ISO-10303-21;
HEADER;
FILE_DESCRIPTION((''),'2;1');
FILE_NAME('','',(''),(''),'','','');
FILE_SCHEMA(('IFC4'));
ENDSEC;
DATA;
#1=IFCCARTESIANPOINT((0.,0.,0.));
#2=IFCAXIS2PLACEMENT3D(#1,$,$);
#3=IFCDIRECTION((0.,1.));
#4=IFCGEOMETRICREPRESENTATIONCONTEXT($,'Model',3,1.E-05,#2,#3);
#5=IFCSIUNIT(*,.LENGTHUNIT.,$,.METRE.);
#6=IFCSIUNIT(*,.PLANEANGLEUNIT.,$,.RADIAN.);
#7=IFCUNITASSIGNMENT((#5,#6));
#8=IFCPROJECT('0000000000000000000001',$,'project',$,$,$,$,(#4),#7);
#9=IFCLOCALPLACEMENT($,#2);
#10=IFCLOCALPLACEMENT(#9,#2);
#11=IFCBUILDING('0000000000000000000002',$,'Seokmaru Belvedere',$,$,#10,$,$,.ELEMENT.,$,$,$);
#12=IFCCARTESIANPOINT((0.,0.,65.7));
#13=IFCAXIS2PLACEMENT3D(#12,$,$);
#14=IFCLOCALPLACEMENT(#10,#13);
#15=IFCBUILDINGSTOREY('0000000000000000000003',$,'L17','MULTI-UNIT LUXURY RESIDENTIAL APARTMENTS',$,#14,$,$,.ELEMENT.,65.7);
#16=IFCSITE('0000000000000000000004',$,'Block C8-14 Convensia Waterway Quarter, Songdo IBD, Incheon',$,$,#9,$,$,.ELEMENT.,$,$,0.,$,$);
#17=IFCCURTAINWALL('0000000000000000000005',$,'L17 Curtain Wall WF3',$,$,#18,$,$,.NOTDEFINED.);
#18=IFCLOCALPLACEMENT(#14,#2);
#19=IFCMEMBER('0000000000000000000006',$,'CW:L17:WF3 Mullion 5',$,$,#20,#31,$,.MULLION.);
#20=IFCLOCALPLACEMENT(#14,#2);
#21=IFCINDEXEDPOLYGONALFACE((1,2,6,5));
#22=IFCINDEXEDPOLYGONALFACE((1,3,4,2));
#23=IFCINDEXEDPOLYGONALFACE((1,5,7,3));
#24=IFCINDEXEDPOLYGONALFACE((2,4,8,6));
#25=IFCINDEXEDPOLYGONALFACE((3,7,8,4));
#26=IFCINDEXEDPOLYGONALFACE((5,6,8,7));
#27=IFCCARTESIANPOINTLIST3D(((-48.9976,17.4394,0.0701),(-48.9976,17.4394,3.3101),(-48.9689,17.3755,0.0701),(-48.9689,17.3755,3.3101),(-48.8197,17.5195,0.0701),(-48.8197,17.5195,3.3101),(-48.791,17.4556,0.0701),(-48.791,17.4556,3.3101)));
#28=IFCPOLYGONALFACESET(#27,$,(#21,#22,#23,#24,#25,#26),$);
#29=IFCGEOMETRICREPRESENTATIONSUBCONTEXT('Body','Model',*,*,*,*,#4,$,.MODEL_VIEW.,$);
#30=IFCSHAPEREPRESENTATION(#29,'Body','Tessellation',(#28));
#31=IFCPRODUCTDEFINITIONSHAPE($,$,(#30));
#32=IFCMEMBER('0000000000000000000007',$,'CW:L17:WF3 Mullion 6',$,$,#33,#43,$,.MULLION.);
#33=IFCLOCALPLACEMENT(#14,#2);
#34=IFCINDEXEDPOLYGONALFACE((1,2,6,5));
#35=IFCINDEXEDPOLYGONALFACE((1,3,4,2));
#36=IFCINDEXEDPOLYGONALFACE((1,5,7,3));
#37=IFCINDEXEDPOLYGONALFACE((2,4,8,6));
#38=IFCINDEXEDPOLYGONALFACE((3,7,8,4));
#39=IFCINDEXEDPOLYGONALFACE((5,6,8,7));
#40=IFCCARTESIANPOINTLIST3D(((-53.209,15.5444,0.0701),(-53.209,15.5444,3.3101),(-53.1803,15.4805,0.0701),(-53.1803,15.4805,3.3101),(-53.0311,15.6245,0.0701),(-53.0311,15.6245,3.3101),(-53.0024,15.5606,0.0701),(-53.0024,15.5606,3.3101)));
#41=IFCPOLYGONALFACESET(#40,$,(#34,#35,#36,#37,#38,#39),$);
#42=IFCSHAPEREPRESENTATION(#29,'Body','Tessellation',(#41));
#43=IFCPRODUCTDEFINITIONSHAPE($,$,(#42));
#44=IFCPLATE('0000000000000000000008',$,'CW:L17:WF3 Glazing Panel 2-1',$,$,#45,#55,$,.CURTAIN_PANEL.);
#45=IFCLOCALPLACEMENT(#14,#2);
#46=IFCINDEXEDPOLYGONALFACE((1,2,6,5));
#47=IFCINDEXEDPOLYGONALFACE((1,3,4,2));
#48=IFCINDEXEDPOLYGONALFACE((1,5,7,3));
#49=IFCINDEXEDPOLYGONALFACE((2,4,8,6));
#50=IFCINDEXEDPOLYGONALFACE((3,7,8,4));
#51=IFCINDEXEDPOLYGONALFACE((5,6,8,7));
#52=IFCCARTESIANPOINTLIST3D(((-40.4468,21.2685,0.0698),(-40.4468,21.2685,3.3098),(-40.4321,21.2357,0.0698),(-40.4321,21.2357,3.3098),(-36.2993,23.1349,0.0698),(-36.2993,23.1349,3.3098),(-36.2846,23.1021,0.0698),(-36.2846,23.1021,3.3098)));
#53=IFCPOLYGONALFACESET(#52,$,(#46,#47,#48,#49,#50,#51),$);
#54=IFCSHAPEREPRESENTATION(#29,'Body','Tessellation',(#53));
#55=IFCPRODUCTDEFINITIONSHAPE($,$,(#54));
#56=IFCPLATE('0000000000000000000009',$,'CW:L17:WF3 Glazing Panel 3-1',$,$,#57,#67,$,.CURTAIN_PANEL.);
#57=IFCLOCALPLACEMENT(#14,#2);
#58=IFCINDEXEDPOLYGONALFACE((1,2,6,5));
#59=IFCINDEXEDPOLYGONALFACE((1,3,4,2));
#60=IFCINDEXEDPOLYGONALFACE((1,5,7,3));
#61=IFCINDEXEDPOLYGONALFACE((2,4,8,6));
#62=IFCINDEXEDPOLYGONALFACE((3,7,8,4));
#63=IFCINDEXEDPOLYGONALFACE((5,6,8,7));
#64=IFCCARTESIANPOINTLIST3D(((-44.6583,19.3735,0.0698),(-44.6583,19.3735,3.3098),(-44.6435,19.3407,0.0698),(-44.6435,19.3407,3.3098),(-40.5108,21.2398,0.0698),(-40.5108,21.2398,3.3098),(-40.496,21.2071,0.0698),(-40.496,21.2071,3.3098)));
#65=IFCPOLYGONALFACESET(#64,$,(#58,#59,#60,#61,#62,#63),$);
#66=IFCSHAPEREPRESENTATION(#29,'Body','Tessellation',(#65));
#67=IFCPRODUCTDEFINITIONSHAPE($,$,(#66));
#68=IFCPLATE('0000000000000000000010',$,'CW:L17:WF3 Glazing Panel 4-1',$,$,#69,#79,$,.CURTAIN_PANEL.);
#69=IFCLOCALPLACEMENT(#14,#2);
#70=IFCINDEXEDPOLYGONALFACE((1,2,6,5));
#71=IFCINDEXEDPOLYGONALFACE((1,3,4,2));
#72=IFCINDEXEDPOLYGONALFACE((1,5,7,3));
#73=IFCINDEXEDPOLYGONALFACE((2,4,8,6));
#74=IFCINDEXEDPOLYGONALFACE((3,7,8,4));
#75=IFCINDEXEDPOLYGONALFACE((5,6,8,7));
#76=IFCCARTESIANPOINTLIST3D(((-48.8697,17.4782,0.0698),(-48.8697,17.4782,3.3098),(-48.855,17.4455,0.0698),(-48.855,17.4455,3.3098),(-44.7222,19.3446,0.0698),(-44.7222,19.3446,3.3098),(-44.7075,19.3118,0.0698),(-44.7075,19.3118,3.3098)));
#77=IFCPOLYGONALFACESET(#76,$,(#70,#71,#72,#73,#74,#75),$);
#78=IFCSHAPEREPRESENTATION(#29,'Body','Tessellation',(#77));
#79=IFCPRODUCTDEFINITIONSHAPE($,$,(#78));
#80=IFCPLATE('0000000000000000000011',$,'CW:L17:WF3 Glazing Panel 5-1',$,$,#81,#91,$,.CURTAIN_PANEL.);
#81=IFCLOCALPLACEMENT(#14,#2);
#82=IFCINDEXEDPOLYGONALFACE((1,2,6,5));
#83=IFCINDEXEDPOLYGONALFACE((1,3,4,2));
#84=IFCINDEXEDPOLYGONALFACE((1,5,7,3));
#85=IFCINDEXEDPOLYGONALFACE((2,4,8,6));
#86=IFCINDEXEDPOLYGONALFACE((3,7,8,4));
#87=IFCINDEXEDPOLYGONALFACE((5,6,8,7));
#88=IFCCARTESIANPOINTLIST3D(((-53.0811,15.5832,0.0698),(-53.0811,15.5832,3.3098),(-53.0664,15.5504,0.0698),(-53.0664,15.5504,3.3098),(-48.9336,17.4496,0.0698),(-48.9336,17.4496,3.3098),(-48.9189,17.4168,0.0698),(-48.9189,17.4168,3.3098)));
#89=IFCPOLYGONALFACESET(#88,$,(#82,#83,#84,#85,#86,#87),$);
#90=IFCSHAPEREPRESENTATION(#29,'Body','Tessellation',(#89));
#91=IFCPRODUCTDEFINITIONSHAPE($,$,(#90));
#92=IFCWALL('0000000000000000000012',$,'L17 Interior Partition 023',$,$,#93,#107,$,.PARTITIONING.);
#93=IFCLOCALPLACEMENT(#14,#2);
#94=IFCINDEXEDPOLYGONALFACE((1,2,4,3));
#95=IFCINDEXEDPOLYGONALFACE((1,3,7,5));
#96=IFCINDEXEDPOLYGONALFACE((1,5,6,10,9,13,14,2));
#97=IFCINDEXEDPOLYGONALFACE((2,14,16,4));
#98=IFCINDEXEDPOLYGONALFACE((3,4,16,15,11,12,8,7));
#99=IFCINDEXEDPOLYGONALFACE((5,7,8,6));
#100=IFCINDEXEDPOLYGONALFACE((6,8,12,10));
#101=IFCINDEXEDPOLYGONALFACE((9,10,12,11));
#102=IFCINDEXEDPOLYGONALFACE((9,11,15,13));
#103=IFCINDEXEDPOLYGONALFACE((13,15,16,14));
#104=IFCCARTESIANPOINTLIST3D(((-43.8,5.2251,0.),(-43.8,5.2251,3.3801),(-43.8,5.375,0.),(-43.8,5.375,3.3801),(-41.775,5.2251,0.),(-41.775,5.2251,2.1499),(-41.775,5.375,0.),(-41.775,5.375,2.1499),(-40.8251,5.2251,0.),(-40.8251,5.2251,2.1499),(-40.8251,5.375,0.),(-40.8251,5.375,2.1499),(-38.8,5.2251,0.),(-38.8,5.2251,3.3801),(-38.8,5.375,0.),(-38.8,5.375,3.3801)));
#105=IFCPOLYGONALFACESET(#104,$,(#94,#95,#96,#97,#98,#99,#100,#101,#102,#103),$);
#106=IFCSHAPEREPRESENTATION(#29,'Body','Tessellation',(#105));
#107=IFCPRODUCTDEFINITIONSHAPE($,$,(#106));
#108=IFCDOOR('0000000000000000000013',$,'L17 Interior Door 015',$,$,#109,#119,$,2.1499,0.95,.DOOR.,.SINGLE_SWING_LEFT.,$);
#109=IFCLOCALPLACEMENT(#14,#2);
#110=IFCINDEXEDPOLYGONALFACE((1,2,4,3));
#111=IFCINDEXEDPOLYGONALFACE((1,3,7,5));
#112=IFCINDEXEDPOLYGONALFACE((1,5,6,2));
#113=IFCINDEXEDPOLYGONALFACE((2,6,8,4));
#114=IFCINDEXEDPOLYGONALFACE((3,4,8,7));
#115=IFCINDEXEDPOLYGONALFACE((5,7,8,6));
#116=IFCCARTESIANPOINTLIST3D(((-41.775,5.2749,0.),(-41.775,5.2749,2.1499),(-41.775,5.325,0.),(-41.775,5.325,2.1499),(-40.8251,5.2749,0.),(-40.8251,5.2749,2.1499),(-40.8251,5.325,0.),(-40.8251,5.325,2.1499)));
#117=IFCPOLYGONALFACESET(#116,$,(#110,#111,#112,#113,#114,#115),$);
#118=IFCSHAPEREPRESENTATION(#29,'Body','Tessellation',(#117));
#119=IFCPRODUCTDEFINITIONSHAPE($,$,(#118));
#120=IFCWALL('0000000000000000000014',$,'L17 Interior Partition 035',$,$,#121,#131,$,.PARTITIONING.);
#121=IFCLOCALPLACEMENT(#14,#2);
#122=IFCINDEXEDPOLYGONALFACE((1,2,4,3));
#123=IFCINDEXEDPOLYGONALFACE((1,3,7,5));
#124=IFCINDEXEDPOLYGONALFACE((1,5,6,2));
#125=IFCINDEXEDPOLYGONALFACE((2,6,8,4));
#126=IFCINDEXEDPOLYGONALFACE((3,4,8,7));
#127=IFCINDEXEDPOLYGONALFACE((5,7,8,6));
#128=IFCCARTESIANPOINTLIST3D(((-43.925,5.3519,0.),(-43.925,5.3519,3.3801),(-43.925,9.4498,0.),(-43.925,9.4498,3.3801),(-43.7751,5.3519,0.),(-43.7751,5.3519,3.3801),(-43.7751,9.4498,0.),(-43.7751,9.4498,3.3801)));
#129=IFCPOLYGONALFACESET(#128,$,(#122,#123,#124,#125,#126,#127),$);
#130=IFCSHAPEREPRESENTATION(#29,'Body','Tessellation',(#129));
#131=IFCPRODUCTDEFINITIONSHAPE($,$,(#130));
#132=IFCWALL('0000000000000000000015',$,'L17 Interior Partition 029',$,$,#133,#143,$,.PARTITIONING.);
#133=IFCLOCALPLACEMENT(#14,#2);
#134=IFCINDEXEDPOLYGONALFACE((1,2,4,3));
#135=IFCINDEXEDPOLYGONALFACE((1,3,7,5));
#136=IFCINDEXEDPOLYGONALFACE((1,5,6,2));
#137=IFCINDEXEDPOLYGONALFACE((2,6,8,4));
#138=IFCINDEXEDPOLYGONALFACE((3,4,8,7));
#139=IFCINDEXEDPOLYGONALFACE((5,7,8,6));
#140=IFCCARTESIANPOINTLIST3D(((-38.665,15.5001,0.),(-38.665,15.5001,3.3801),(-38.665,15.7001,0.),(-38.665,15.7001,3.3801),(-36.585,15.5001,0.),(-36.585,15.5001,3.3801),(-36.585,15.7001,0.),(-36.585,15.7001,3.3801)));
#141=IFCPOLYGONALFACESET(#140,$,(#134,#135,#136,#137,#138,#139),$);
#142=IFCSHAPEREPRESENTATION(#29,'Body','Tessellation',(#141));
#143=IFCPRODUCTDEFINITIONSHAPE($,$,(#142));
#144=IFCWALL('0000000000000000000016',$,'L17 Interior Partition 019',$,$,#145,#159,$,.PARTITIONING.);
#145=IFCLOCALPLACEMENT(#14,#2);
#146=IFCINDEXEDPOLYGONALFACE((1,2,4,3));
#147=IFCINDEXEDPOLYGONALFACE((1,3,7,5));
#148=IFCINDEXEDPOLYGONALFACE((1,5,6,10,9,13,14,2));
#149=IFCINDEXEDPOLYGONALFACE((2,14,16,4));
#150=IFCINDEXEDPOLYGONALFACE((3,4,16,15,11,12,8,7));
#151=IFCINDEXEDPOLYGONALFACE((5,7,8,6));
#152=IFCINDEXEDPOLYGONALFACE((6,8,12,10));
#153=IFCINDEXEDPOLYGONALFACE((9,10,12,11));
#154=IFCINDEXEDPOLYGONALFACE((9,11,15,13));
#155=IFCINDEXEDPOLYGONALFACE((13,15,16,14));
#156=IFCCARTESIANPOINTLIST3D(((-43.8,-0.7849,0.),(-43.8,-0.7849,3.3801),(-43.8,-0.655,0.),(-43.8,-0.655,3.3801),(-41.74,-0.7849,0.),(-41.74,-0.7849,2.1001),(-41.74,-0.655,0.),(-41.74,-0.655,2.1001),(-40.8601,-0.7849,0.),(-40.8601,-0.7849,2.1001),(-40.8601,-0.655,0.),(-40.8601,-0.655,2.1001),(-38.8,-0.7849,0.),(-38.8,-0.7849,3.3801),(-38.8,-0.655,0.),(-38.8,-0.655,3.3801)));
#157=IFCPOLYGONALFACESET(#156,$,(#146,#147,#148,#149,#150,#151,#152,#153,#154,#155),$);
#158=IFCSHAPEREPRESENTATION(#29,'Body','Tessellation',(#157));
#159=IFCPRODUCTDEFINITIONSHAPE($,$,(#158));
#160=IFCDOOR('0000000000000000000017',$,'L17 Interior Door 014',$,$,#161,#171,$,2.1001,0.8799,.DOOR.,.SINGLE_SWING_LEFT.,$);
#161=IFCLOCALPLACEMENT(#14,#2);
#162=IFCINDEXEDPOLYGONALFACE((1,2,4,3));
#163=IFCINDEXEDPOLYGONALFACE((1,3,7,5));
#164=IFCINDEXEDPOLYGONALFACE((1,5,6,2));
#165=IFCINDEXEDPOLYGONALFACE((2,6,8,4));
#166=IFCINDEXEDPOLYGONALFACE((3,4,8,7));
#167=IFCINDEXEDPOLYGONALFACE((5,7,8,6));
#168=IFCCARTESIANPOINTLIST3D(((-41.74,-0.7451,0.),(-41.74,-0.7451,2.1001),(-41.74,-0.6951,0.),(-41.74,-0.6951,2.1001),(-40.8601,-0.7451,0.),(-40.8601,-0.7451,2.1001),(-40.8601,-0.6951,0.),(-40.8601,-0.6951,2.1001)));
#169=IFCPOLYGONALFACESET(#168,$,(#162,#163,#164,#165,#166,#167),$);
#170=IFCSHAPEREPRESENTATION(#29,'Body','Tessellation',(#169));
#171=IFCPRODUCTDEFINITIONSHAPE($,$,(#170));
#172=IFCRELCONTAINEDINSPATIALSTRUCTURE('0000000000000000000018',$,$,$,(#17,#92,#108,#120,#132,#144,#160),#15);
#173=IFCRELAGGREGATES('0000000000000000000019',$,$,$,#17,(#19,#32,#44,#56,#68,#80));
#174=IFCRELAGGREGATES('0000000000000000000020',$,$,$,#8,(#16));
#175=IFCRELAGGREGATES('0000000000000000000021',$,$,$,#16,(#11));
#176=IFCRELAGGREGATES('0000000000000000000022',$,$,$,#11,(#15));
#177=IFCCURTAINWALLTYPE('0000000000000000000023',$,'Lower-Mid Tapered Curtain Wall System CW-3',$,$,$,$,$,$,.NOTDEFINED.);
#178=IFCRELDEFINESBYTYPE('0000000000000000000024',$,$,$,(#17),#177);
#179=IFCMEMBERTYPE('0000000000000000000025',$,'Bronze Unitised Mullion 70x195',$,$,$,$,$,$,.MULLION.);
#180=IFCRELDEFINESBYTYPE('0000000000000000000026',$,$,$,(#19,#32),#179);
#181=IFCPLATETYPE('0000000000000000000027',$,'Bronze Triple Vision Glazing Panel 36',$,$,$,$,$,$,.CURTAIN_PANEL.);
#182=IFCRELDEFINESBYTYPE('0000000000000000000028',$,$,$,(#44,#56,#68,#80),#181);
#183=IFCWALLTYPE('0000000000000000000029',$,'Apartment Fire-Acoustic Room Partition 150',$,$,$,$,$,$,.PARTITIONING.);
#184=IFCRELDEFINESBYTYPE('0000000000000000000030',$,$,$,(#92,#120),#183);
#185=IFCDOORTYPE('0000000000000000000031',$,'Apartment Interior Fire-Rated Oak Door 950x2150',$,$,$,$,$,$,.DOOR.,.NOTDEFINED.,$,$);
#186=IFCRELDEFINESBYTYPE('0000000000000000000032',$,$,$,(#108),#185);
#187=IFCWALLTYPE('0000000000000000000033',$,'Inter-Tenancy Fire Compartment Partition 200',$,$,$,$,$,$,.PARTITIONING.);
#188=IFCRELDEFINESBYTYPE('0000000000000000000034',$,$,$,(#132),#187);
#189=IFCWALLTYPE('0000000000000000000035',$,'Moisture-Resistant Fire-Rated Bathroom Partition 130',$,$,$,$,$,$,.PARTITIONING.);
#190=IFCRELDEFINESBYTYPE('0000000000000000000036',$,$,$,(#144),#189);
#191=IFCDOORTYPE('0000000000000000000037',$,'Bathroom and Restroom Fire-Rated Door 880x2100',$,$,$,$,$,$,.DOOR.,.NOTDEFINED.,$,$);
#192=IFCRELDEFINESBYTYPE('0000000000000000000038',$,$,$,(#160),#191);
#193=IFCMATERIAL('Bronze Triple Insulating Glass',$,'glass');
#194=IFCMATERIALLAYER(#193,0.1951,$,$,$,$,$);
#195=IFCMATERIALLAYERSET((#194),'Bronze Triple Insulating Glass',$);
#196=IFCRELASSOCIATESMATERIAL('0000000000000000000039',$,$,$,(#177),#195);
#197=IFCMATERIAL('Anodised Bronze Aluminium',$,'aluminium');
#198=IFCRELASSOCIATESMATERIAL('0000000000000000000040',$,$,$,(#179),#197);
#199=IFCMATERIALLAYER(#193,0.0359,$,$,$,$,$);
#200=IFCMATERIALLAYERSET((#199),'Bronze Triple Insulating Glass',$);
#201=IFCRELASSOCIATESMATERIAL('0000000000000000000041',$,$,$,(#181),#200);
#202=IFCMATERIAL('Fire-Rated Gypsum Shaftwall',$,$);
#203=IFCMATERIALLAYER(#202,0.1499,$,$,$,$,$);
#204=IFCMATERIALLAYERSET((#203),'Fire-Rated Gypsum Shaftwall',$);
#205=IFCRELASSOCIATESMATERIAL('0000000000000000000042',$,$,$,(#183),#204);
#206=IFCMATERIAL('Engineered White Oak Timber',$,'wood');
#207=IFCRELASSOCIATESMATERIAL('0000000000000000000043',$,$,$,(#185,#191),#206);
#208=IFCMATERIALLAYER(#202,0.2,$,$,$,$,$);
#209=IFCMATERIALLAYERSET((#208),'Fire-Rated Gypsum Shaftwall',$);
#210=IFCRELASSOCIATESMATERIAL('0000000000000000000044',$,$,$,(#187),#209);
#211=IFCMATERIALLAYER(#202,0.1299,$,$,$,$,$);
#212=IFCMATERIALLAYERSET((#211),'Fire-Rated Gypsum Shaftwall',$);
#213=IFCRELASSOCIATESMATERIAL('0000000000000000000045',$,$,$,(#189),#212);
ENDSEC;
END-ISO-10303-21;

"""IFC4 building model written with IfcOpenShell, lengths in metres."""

from ifc_helpers import new_model, si_unit, direction, frame, frame_2d, origin, origin_2d, place, context, subcontext, project, spatial, rectangle, extrude, source, transform, mapped, material, layer, layer_set, material_profile, profile_set, type_object, type_shapes, element, fill, aggregate, save


model = new_model("IFC4")

# Units and contexts
model_context = context("Model", 3, precision=1e-05, world=origin(), true_north=direction((0.0, 1.0)))
body_context = subcontext(model_context, "Body", "Model", "MODEL_VIEW")
ifc_project = project(units=[si_unit("LENGTHUNIT", "METRE"), si_unit("PLANEANGLEUNIT", "RADIAN")], contexts=[model_context])

# Site, building, storey
site_placement = place(None, origin())
site = spatial("IfcSite", under=ifc_project, at=site_placement, Name="Block C8-14 Convensia Waterway Quarter, Songdo IBD, Incheon", CompositionType="ELEMENT", RefElevation=0.0)
building_placement = place(site_placement, origin())
building = spatial("IfcBuilding", under=site, at=building_placement, Name="Seokmaru Belvedere", CompositionType="ELEMENT")
storey_placement = place(building_placement, frame((0.0, 0.0, 65.7)))
storey = spatial("IfcBuildingStorey", under=building, at=storey_placement, Name="L17", Description="MULTI-UNIT LUXURY RESIDENTIAL APARTMENTS", CompositionType="ELEMENT", Elevation=65.7)

# Curtain wall, members, plates
ifc_material_1 = material(Name="Bronze Triple Insulating Glass", Category="glass")
ifc_layer_1 = layer(ifc_material_1, 0.1951)
ifc_layer_set_1 = layer_set([ifc_layer_1], Name="Bronze Triple Insulating Glass")
curtain_wall_type = type_object("IfcCurtainWallType", Name="Lower-Mid Tapered Curtain Wall System CW-3", PredefinedType="NOTDEFINED", material=ifc_layer_set_1)
curtain_wall_placement = place(storey_placement, origin())
curtain_wall = element("IfcCurtainWall", 1, at=curtain_wall_placement, inside=storey, type_object=curtain_wall_type, Name="L17 Curtain Wall WF3", PredefinedType="NOTDEFINED")
ifc_material_2 = material(Name="Anodised Bronze Aluminium", Category="aluminium")
ifc_material_profile_1 = material_profile(ifc_material_2, rectangle(XDim=0.0701, YDim=0.1951, at=origin_2d()), Name="CW-M-70x195")
ifc_profile_set_1 = profile_set([ifc_material_profile_1], Name="Anodised Bronze Aluminium")
member_type = type_object("IfcMemberType", Name="Bronze Unitised Mullion 70x195", PredefinedType="MULLION", material=ifc_profile_set_1)
shared_shape_1 = source(origin(), body_context, "Body", "SweptSolid", [
    extrude(rectangle(XDim=0.0701, YDim=0.1951, at=origin_2d()), origin(), (0.0, 0.0, 1.0), 3.24),
])
type_shapes(member_type, [shared_shape_1])
member_1_placement = place(storey_placement, frame((-48.8943, 17.4475, 0.0701), z_axis=(0.0, 0.0, 1.0), x_axis=(0.410366, -0.911921, 0.0)))
member_1 = element("IfcMember", 2, at=member_1_placement, type_object=member_type, Name="CW:L17:WF3 Mullion 5", PredefinedType="MULLION", context=body_context, shape_type="MappedRepresentation", body=[
    mapped(shared_shape_1, transform((0.0, 0.0, 0.0), scale=1.0)),
])
member_2_placement = place(storey_placement, frame((-53.1057, 15.5525, 0.0701), z_axis=(0.0, 0.0, 1.0), x_axis=(0.410366, -0.911921, 0.0)))
member_2 = element("IfcMember", 3, at=member_2_placement, type_object=member_type, Name="CW:L17:WF3 Mullion 6", PredefinedType="MULLION", context=body_context, shape_type="MappedRepresentation", body=[
    mapped(shared_shape_1, transform((0.0, 0.0, 0.0), scale=1.0)),
])
ifc_layer_2 = layer(ifc_material_1, 0.0359)
ifc_layer_set_2 = layer_set([ifc_layer_2], Name="Bronze Triple Insulating Glass")
plate_type = type_object("IfcPlateType", Name="Bronze Triple Vision Glazing Panel 36", PredefinedType="CURTAIN_PANEL", material=ifc_layer_set_2)
shared_shape_2 = source(origin(), body_context, "Body", "SweptSolid", [
    extrude(rectangle(XDim=4.5481, YDim=0.0359, at=origin_2d()), origin(), (0.0, 0.0, 1.0), 3.24),
])
type_shapes(plate_type, [shared_shape_2])
plate_1_placement = place(storey_placement, frame((-38.3657, 22.1853, 0.0698), z_axis=(0.0, 0.0, 1.0), x_axis=(-0.911921, -0.410366, 0.0)))
plate_1 = element("IfcPlate", 4, at=plate_1_placement, type_object=plate_type, Name="CW:L17:WF3 Glazing Panel 2-1", PredefinedType="CURTAIN_PANEL", context=body_context, shape_type="MappedRepresentation", body=[
    mapped(shared_shape_2, transform((0.0, 0.0, 0.0), scale=1.0)),
])
plate_2_placement = place(storey_placement, frame((-42.5771, 20.2903, 0.0698), z_axis=(0.0, 0.0, 1.0), x_axis=(-0.911921, -0.410366, 0.0)))
plate_2 = element("IfcPlate", 5, at=plate_2_placement, type_object=plate_type, Name="CW:L17:WF3 Glazing Panel 3-1", PredefinedType="CURTAIN_PANEL", context=body_context, shape_type="MappedRepresentation", body=[
    mapped(shared_shape_2, transform((0.0, 0.0, 0.0), scale=1.0)),
])
plate_3_placement = place(storey_placement, frame((-46.7886, 18.395, 0.0698), z_axis=(0.0, 0.0, 1.0), x_axis=(-0.911921, -0.410366, 0.0)))
plate_3 = element("IfcPlate", 6, at=plate_3_placement, type_object=plate_type, Name="CW:L17:WF3 Glazing Panel 4-1", PredefinedType="CURTAIN_PANEL", context=body_context, shape_type="MappedRepresentation", body=[
    mapped(shared_shape_2, transform((0.0, 0.0, 0.0), scale=1.0)),
])
plate_4_placement = place(storey_placement, frame((-51.0, 16.5, 0.0698), z_axis=(0.0, 0.0, 1.0), x_axis=(-0.911921, -0.410366, 0.0)))
plate_4 = element("IfcPlate", 7, at=plate_4_placement, type_object=plate_type, Name="CW:L17:WF3 Glazing Panel 5-1", PredefinedType="CURTAIN_PANEL", context=body_context, shape_type="MappedRepresentation", body=[
    mapped(shared_shape_2, transform((0.0, 0.0, 0.0), scale=1.0)),
])
aggregate(curtain_wall, [member_1, member_2, plate_1, plate_2, plate_3, plate_4])

# Wall, opening, door
ifc_material_3 = material(Name="Fire-Rated Gypsum Shaftwall")
ifc_layer_3 = layer(ifc_material_3, 0.1499)
ifc_layer_set_3 = layer_set([ifc_layer_3], Name="Fire-Rated Gypsum Shaftwall")
wall_type_1 = type_object("IfcWallType", Name="Apartment Fire-Acoustic Room Partition 150", PredefinedType="PARTITIONING", material=ifc_layer_set_3)
wall_1_placement = place(storey_placement, frame((-43.8, 5.3, 0.0), z_axis=(0.0, 0.0, 1.0), x_axis=(1.0, 0.0, 0.0)))
wall_1 = element("IfcWall", 8, at=wall_1_placement, inside=storey, type_object=wall_type_1, Name="L17 Interior Partition 023", PredefinedType="PARTITIONING", context=body_context, shape_type="SweptSolid", body=[
    extrude(rectangle(XDim=5.0, YDim=0.1499, at=frame_2d((2.5, 0.0))), origin(), (0.0, 0.0, 1.0), 3.3801),
])
opening_1_placement = place(wall_1_placement, frame((2.0249, 0.0, 0.0)))
opening_1 = element("IfcOpeningElement", 9, at=opening_1_placement, cuts=wall_1, PredefinedType="OPENING", context=body_context, shape_type="SweptSolid", body=[
    extrude(rectangle(XDim=0.95, YDim=2.1499, at=frame_2d((0.4751, 1.075))), frame((0.0, 0.085, 0.0), z_axis=(0.0, -1.0, 0.0), x_axis=(1.0, 0.0, 0.0)), (0.0, 0.0, 1.0), 0.1699),
])
ifc_material_4 = material(Name="Engineered White Oak Timber", Category="wood")
door_type_1 = type_object("IfcDoorType", Name="Apartment Interior Fire-Rated Oak Door 950x2150", OperationType="NOTDEFINED", PredefinedType="DOOR", material=ifc_material_4)
shared_shape_3 = source(origin(), body_context, "Body", "SweptSolid", [
    extrude(rectangle(XDim=0.95, YDim=2.1499, at=frame_2d((0.4751, 1.075))), frame((0.0, 0.0249, 0.0), z_axis=(0.0, -1.0, 0.0), x_axis=(1.0, 0.0, 0.0)), (0.0, 0.0, 1.0), 0.05),
])
type_shapes(door_type_1, [shared_shape_3])
door_1_placement = place(opening_1_placement, origin())
door_1 = element("IfcDoor", 10, at=door_1_placement, inside=storey, type_object=door_type_1, Name="L17 Interior Door 015", OperationType="SINGLE_SWING_LEFT", OverallHeight=2.1499, OverallWidth=0.95, PredefinedType="DOOR", context=body_context, shape_type="MappedRepresentation", body=[
    mapped(shared_shape_3, transform((0.0, 0.0, 0.0), scale=1.0)),
])
fill(opening_1, door_1)

# Walls
wall_2_placement = place(storey_placement, frame((-43.8501, 5.3521, 0.0), z_axis=(0.0, 0.0, 1.0), x_axis=(0.0, 1.0, 0.0)))
element("IfcWall", 11, at=wall_2_placement, inside=storey, type_object=wall_type_1, Name="L17 Interior Partition 035", PredefinedType="PARTITIONING", context=body_context, shape_type="SweptSolid", body=[
    extrude(rectangle(XDim=4.0979, YDim=0.1499, at=frame_2d((2.0488, 0.0))), origin(), (0.0, 0.0, 1.0), 3.3801),
])
ifc_layer_4 = layer(ifc_material_3, 0.2)
ifc_layer_set_4 = layer_set([ifc_layer_4], Name="Fire-Rated Gypsum Shaftwall")
wall_type_2 = type_object("IfcWallType", Name="Inter-Tenancy Fire Compartment Partition 200", PredefinedType="PARTITIONING", material=ifc_layer_set_4)
wall_3_placement = place(storey_placement, frame((-38.665, 15.6001, 0.0), z_axis=(0.0, 0.0, 1.0), x_axis=(1.0, 0.0, 0.0)))
element("IfcWall", 12, at=wall_3_placement, inside=storey, type_object=wall_type_2, Name="L17 Interior Partition 029", PredefinedType="PARTITIONING", context=body_context, shape_type="SweptSolid", body=[
    extrude(rectangle(XDim=2.0801, YDim=0.2, at=frame_2d((1.04, 0.0))), origin(), (0.0, 0.0, 1.0), 3.3801),
])

# Wall, opening, door
ifc_layer_5 = layer(ifc_material_3, 0.1299)
ifc_layer_set_5 = layer_set([ifc_layer_5], Name="Fire-Rated Gypsum Shaftwall")
wall_type_3 = type_object("IfcWallType", Name="Moisture-Resistant Fire-Rated Bathroom Partition 130", PredefinedType="PARTITIONING", material=ifc_layer_set_5)
wall_4_placement = place(storey_placement, frame((-43.8, -0.72, 0.0), z_axis=(0.0, 0.0, 1.0), x_axis=(1.0, 0.0, 0.0)))
wall_4 = element("IfcWall", 13, at=wall_4_placement, inside=storey, type_object=wall_type_3, Name="L17 Interior Partition 019", PredefinedType="PARTITIONING", context=body_context, shape_type="SweptSolid", body=[
    extrude(rectangle(XDim=5.0, YDim=0.1299, at=frame_2d((2.5, 0.0))), origin(), (0.0, 0.0, 1.0), 3.3801),
])
opening_2_placement = place(wall_4_placement, frame((2.0601, 0.0, 0.0)))
opening_2 = element("IfcOpeningElement", 14, at=opening_2_placement, cuts=wall_4, PredefinedType="OPENING", context=body_context, shape_type="SweptSolid", body=[
    extrude(rectangle(XDim=0.8799, YDim=2.1001, at=frame_2d((0.4399, 1.05))), frame((0.0, 0.075, 0.0), z_axis=(0.0, -1.0, 0.0), x_axis=(1.0, 0.0, 0.0)), (0.0, 0.0, 1.0), 0.1499),
])
door_type_2 = type_object("IfcDoorType", Name="Bathroom and Restroom Fire-Rated Door 880x2100", OperationType="NOTDEFINED", PredefinedType="DOOR", material=ifc_material_4)
shared_shape_4 = source(origin(), body_context, "Body", "SweptSolid", [
    extrude(rectangle(XDim=0.8799, YDim=2.1001, at=frame_2d((0.4399, 1.05))), frame((0.0, 0.0249, 0.0), z_axis=(0.0, -1.0, 0.0), x_axis=(1.0, 0.0, 0.0)), (0.0, 0.0, 1.0), 0.05),
])
type_shapes(door_type_2, [shared_shape_4])
door_2_placement = place(opening_2_placement, origin())
door_2 = element("IfcDoor", 15, at=door_2_placement, inside=storey, type_object=door_type_2, Name="L17 Interior Door 014", OperationType="SINGLE_SWING_LEFT", OverallHeight=2.1001, OverallWidth=0.8799, PredefinedType="DOOR", context=body_context, shape_type="MappedRepresentation", body=[
    mapped(shared_shape_4, transform((0.0, 0.0, 0.0), scale=1.0)),
])
fill(opening_2, door_2)

save(model, "model.ifc")
